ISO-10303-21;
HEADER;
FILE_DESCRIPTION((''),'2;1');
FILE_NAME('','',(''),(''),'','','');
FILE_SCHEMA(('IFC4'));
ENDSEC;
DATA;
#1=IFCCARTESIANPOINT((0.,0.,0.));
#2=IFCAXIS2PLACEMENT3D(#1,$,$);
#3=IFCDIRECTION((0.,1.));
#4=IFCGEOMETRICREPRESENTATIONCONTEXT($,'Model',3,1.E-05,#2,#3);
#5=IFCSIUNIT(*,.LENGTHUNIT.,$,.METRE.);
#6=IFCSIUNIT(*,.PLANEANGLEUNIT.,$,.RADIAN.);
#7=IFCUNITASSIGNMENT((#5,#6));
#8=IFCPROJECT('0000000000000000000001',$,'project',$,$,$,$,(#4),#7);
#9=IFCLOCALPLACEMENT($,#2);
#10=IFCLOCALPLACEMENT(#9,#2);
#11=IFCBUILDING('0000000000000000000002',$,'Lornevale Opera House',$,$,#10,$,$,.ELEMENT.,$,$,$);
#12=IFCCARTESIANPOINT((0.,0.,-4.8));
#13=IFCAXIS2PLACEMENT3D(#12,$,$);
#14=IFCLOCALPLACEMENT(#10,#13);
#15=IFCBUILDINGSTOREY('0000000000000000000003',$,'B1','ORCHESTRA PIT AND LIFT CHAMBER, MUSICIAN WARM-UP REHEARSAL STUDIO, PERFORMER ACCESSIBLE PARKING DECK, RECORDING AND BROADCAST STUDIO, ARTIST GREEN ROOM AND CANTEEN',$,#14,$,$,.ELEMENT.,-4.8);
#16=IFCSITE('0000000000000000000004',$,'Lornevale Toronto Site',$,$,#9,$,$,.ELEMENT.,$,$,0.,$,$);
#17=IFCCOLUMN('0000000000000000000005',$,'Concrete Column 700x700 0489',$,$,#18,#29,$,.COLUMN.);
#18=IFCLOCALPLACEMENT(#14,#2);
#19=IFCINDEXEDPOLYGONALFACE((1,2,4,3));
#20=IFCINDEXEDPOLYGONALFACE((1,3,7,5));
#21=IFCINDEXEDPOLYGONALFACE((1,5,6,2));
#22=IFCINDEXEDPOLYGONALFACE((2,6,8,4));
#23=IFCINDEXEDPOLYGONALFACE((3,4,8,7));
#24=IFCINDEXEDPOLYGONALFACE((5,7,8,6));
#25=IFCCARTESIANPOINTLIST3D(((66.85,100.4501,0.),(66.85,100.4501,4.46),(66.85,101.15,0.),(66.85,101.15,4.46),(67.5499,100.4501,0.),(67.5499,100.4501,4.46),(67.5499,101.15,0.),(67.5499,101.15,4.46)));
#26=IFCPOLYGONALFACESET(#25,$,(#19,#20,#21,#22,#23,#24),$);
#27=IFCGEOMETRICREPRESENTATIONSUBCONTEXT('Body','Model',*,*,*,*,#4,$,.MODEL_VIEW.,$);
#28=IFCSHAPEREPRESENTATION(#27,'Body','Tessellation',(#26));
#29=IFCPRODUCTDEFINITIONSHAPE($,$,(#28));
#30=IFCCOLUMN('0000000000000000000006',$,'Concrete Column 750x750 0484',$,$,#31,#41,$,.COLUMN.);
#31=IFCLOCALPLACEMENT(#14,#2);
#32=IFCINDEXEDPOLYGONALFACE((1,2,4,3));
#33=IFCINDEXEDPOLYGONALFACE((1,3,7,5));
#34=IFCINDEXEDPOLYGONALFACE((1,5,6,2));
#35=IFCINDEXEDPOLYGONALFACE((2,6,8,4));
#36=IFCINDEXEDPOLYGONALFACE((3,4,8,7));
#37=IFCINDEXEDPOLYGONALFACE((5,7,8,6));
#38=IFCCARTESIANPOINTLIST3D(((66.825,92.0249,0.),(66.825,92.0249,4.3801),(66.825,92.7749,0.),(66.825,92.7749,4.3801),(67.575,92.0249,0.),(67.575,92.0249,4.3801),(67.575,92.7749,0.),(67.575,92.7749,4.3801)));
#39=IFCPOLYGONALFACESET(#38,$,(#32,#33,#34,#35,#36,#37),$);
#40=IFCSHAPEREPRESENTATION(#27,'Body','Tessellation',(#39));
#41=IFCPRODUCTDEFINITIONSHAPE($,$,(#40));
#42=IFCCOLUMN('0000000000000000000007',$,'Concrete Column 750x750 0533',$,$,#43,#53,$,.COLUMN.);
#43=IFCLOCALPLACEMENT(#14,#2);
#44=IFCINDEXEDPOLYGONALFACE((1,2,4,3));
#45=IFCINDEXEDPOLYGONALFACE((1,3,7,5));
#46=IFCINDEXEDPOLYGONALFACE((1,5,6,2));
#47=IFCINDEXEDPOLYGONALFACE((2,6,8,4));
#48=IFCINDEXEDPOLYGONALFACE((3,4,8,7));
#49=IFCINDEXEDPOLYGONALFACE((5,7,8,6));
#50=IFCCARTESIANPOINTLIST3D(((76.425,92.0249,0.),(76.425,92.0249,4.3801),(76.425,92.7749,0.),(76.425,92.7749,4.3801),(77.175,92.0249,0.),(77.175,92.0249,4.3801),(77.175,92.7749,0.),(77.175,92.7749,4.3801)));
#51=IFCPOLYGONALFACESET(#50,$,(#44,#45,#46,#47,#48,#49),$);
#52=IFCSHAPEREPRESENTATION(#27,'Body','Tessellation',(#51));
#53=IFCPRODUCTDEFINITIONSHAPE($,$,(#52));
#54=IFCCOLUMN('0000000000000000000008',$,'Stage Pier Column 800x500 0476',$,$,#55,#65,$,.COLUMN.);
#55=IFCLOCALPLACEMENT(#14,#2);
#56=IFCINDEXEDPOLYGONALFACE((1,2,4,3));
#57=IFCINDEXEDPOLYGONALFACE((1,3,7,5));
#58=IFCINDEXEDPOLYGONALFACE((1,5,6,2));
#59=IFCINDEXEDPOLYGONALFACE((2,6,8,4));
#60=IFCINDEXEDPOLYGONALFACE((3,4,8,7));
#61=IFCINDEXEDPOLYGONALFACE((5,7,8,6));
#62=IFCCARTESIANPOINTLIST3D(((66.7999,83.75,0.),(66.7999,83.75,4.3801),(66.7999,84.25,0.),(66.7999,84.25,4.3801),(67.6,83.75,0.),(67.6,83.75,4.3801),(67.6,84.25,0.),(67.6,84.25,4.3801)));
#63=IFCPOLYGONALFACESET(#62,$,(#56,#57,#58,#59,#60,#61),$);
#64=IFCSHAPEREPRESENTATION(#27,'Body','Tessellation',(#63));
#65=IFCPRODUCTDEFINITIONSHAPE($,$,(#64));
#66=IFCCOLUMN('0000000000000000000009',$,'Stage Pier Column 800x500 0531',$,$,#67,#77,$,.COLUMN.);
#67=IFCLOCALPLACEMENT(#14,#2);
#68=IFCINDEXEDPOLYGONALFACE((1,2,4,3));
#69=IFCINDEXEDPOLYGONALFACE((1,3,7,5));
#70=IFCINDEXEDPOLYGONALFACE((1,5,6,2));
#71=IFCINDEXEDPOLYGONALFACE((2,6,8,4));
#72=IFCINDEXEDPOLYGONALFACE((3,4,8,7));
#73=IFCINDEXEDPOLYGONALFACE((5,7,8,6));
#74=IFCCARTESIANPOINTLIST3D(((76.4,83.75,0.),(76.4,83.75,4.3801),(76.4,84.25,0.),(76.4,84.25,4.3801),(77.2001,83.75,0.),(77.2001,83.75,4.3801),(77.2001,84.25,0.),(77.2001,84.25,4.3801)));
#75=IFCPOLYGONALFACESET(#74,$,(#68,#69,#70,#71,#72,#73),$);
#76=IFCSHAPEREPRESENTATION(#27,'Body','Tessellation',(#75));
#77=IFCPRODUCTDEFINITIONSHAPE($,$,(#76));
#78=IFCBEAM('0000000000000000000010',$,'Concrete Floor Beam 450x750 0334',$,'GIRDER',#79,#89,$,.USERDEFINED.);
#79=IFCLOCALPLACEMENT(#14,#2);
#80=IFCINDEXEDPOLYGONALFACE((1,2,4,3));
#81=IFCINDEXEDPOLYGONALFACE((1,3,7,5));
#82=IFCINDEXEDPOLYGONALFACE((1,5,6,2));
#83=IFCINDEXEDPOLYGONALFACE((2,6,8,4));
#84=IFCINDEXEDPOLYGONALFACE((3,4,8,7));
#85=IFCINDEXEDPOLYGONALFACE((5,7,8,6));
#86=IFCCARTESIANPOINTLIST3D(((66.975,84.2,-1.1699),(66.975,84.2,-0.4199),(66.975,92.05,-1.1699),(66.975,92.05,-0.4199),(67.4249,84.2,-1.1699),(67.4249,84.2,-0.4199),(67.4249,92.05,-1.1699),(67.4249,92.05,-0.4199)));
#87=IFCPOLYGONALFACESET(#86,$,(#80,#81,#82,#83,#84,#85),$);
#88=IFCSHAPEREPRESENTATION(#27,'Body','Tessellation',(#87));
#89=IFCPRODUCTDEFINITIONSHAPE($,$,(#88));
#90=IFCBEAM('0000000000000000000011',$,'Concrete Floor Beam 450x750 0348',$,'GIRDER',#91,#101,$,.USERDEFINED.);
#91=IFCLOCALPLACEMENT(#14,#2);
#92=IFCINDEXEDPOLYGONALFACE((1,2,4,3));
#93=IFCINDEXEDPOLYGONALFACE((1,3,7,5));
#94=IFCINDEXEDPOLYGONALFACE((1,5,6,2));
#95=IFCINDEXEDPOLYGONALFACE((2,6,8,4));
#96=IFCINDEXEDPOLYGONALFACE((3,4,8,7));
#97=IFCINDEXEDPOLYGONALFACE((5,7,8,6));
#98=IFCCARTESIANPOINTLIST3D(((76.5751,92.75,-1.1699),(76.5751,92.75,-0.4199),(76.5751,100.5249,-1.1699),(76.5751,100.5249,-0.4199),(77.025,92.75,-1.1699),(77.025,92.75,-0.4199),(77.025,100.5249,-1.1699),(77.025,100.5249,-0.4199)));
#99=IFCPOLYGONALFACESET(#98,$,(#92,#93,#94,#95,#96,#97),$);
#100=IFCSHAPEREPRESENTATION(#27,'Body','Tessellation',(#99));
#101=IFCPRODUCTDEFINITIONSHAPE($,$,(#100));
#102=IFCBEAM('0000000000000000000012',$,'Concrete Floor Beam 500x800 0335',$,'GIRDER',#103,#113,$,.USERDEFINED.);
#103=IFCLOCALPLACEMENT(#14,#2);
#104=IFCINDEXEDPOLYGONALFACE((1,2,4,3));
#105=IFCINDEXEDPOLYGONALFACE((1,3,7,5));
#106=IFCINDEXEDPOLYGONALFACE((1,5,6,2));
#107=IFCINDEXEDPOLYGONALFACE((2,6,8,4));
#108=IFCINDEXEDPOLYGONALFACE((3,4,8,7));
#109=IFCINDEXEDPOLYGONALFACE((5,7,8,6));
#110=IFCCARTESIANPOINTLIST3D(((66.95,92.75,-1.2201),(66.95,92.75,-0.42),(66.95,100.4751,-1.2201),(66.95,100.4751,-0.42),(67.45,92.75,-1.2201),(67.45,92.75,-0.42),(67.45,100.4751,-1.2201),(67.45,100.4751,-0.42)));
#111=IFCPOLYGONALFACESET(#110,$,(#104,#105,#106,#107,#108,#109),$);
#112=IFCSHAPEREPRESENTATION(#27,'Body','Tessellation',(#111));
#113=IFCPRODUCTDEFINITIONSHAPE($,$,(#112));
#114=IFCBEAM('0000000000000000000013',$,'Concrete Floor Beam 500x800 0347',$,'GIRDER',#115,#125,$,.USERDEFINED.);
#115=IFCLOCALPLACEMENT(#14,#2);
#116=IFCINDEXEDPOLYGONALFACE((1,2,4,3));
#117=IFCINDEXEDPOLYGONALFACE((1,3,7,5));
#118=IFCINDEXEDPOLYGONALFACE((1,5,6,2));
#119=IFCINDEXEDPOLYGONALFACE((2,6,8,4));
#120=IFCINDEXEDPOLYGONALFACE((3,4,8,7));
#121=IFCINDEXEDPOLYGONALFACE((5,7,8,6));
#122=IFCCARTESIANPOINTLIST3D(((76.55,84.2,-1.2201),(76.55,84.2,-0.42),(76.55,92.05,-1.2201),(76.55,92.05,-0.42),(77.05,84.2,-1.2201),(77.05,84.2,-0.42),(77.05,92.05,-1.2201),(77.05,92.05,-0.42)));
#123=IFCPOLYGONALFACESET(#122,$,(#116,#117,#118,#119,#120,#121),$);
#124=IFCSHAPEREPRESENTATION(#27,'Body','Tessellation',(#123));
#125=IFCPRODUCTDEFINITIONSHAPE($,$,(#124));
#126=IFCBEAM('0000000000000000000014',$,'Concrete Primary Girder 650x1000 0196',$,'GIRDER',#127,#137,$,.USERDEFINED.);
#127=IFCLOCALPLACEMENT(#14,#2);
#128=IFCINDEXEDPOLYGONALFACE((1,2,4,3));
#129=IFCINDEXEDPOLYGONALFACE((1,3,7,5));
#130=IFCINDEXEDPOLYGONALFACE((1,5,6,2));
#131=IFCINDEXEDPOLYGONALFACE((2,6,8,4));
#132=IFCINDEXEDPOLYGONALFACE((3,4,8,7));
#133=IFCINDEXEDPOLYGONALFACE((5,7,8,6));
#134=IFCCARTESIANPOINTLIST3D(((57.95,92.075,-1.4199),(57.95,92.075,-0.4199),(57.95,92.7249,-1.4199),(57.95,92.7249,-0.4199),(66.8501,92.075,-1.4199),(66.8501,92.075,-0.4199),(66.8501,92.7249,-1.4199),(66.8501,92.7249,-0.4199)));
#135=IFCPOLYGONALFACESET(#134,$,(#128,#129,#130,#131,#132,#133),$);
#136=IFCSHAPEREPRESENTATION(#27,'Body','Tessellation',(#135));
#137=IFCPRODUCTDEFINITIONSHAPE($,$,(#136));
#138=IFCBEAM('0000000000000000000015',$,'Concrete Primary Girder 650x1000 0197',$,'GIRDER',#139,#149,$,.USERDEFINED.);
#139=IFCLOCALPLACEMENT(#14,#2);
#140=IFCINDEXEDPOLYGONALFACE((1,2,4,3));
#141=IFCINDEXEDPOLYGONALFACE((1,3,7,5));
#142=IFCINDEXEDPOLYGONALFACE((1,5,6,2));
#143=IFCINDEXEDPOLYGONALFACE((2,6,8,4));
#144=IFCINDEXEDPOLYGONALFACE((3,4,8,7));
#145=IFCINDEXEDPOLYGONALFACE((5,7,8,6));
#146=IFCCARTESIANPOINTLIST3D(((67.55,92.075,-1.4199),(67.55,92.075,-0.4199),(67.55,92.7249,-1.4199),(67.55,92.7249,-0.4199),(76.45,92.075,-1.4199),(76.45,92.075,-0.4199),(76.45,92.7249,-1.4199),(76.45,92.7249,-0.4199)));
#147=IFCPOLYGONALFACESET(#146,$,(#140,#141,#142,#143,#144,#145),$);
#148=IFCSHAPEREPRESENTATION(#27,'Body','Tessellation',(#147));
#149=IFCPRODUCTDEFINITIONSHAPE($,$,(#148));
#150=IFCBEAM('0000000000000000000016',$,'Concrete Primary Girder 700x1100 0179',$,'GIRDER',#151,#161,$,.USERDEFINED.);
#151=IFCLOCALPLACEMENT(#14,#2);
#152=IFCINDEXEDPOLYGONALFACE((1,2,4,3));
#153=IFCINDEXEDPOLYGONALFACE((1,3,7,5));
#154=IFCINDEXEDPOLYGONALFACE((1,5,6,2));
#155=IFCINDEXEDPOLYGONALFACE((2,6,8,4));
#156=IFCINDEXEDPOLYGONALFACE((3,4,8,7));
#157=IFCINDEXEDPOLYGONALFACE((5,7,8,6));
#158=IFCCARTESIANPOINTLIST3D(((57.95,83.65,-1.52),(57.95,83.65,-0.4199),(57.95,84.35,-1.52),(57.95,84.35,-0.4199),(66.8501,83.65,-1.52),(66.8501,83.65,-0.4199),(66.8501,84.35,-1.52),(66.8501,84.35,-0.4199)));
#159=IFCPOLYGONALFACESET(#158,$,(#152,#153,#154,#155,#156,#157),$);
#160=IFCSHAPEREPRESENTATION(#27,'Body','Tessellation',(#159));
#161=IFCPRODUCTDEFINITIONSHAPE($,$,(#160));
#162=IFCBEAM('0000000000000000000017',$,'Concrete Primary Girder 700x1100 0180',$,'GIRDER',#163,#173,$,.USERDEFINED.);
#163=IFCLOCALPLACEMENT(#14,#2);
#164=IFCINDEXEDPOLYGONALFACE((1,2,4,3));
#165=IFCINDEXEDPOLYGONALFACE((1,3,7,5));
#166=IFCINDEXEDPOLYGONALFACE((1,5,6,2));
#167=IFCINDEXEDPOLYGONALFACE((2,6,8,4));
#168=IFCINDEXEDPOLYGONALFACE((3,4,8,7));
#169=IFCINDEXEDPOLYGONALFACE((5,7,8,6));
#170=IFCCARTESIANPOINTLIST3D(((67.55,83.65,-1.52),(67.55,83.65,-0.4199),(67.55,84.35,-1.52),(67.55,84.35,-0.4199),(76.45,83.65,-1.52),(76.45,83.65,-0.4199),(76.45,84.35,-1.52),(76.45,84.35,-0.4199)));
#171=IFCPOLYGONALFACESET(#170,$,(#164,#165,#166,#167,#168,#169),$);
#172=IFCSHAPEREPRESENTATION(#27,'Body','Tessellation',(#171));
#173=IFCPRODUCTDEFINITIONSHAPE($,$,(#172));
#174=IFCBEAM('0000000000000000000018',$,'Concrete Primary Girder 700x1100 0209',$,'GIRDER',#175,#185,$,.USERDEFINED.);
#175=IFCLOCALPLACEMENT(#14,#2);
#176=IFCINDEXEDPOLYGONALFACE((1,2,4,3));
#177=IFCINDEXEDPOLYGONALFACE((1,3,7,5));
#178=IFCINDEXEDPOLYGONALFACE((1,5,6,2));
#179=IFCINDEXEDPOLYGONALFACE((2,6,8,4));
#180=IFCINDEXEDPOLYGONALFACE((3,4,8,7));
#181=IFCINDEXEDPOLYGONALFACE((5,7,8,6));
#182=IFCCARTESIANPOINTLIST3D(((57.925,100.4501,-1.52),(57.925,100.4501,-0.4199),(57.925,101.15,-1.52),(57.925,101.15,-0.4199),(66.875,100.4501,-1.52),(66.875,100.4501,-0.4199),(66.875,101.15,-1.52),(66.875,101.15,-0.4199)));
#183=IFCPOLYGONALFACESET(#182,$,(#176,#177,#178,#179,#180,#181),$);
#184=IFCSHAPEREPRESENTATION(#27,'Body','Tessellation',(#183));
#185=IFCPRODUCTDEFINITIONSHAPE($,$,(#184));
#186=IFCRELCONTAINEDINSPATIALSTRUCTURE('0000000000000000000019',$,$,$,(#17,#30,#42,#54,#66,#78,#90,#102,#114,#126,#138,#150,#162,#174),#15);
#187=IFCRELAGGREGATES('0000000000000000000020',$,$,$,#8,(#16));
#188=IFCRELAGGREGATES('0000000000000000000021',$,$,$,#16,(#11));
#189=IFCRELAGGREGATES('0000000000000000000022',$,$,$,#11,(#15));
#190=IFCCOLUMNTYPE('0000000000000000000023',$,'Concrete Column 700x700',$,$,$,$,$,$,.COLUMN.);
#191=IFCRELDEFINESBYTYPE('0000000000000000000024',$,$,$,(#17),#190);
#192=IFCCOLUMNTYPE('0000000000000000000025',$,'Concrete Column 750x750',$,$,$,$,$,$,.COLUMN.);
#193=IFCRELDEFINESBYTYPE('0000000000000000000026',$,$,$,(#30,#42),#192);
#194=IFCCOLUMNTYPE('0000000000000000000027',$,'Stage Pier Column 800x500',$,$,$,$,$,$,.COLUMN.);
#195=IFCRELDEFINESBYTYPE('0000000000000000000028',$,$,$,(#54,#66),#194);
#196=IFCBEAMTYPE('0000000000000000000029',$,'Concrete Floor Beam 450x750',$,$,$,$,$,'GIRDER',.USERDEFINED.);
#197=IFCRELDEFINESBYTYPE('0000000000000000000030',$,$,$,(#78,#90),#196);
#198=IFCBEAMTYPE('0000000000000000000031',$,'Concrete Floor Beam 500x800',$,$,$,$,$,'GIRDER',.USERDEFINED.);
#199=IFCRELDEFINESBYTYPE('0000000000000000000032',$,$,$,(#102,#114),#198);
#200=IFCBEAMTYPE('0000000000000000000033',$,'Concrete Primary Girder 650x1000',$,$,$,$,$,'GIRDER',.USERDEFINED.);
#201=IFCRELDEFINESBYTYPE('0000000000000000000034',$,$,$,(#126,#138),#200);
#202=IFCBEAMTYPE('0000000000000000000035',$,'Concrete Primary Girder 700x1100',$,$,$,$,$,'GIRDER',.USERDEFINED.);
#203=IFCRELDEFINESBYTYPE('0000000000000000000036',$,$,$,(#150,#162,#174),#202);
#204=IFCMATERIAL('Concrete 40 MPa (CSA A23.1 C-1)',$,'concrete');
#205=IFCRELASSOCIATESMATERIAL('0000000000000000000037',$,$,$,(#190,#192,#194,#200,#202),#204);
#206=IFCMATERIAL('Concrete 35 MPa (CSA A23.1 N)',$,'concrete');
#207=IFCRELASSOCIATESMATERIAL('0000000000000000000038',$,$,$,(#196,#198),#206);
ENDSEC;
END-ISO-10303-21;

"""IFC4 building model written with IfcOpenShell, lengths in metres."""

from ifc_helpers import new_model, si_unit, direction, frame, origin, origin_2d, place, context, subcontext, project, spatial, rectangle, extrude, material, material_profile, profile_set, type_object, element, save


model = new_model("IFC4")

# Units and contexts
model_context = context("Model", 3, precision=1e-05, world=origin(), true_north=direction((0.0, 1.0)))
body_context = subcontext(model_context, "Body", "Model", "MODEL_VIEW")
ifc_project = project(units=[si_unit("LENGTHUNIT", "METRE"), si_unit("PLANEANGLEUNIT", "RADIAN")], contexts=[model_context])

# Site, building, storey
site_placement = place(None, origin())
site = spatial("IfcSite", under=ifc_project, at=site_placement, Name="Lornevale Toronto Site", CompositionType="ELEMENT", RefElevation=0.0)
building_placement = place(site_placement, origin())
building = spatial("IfcBuilding", under=site, at=building_placement, Name="Lornevale Opera House", CompositionType="ELEMENT")
storey_placement = place(building_placement, frame((0.0, 0.0, -4.8)))
storey = spatial("IfcBuildingStorey", under=building, at=storey_placement, Name="B1", Description="ORCHESTRA PIT AND LIFT CHAMBER, MUSICIAN WARM-UP REHEARSAL STUDIO, PERFORMER ACCESSIBLE PARKING DECK, RECORDING AND BROADCAST STUDIO, ARTIST GREEN ROOM AND CANTEEN", CompositionType="ELEMENT", Elevation=-4.8)

# Columns
ifc_material_1 = material(Name="Concrete 40 MPa (CSA A23.1 C-1)", Category="concrete")
ifc_material_profile_1 = material_profile(ifc_material_1, rectangle(XDim=0.7, YDim=0.7, at=origin_2d()), Name="RC700x700")
ifc_profile_set_1 = profile_set([ifc_material_profile_1], Name="Concrete 40 MPa (CSA A23.1 C-1)")
column_type_1 = type_object("IfcColumnType", Name="Concrete Column 700x700", PredefinedType="COLUMN", material=ifc_profile_set_1)
column_placement = place(storey_placement, frame((67.2, 100.8, 0.0), z_axis=(0.0, 0.0, 1.0), x_axis=(1.0, 0.0, 0.0)))
element("IfcColumn", 1, at=column_placement, inside=storey, type_object=column_type_1, Name="Concrete Column 700x700 0489", PredefinedType="COLUMN", context=body_context, shape_type="SweptSolid", body=[
    extrude(rectangle(XDim=0.7, YDim=0.7, at=origin_2d()), origin(), (0.0, 0.0, 1.0), 4.46),
])
ifc_material_profile_2 = material_profile(ifc_material_1, rectangle(XDim=0.75, YDim=0.75, at=origin_2d()), Name="RC750x750")
ifc_profile_set_2 = profile_set([ifc_material_profile_2], Name="Concrete 40 MPa (CSA A23.1 C-1)")
column_type_2 = type_object("IfcColumnType", Name="Concrete Column 750x750", PredefinedType="COLUMN", material=ifc_profile_set_2)
for number, where, z_axis, x_axis, name in (
    (2, (67.2, 92.3999, 0.0), (0.0, 0.0, 1.0), (1.0, 0.0, 0.0), "Concrete Column 750x750 0484"),
    (3, (76.8, 92.3999, 0.0), (0.0, 0.0, 1.0), (1.0, 0.0, 0.0), "Concrete Column 750x750 0533"),
):
    element("IfcColumn", number, at=place(storey_placement, frame(where, z_axis=z_axis, x_axis=x_axis)), inside=storey, type_object=column_type_2, Name=name, PredefinedType="COLUMN", context=body_context, shape_type="SweptSolid", body=[
        extrude(rectangle(XDim=0.75, YDim=0.75, at=origin_2d()), origin(), (0.0, 0.0, 1.0), 4.3801),
    ])
ifc_material_profile_3 = material_profile(ifc_material_1, rectangle(XDim=0.8, YDim=0.5, at=origin_2d()), Name="RC800x500")
ifc_profile_set_3 = profile_set([ifc_material_profile_3], Name="Concrete 40 MPa (CSA A23.1 C-1)")
column_type_3 = type_object("IfcColumnType", Name="Stage Pier Column 800x500", PredefinedType="COLUMN", material=ifc_profile_set_3)
for number, where, z_axis, x_axis, name in (
    (4, (67.2, 84.0, 0.0), (0.0, 0.0, 1.0), (1.0, 0.0, 0.0), "Stage Pier Column 800x500 0476"),
    (5, (76.8, 84.0, 0.0), (0.0, 0.0, 1.0), (1.0, 0.0, 0.0), "Stage Pier Column 800x500 0531"),
):
    element("IfcColumn", number, at=place(storey_placement, frame(where, z_axis=z_axis, x_axis=x_axis)), inside=storey, type_object=column_type_3, Name=name, PredefinedType="COLUMN", context=body_context, shape_type="SweptSolid", body=[
        extrude(rectangle(XDim=0.8, YDim=0.5, at=origin_2d()), origin(), (0.0, 0.0, 1.0), 4.3801),
    ])

# Beams
ifc_material_2 = material(Name="Concrete 35 MPa (CSA A23.1 N)", Category="concrete")
ifc_material_profile_4 = material_profile(ifc_material_2, rectangle(XDim=0.45, YDim=0.75, at=origin_2d()), Name="RC450x750")
ifc_profile_set_4 = profile_set([ifc_material_profile_4], Name="Concrete 35 MPa (CSA A23.1 N)")
beam_type_1 = type_object("IfcBeamType", Name="Concrete Floor Beam 450x750", ElementType="GIRDER", PredefinedType="USERDEFINED", material=ifc_profile_set_4)
beam_1_placement = place(storey_placement, frame((67.2, 84.2, -0.7949), z_axis=(0.0, 1.0, 0.0), x_axis=(-1.0, 0.0, 0.0)))
element("IfcBeam", 6, at=beam_1_placement, inside=storey, type_object=beam_type_1, Name="Concrete Floor Beam 450x750 0334", ObjectType="GIRDER", PredefinedType="USERDEFINED", context=body_context, shape_type="SweptSolid", body=[
    extrude(rectangle(XDim=0.45, YDim=0.75, at=origin_2d()), origin(), (0.0, 0.0, 1.0), 7.8501),
])
beam_2_placement = place(storey_placement, frame((76.8, 92.75, -0.7949), z_axis=(0.0, 1.0, 0.0), x_axis=(-1.0, 0.0, 0.0)))
element("IfcBeam", 7, at=beam_2_placement, inside=storey, type_object=beam_type_1, Name="Concrete Floor Beam 450x750 0348", ObjectType="GIRDER", PredefinedType="USERDEFINED", context=body_context, shape_type="SweptSolid", body=[
    extrude(rectangle(XDim=0.45, YDim=0.75, at=origin_2d()), origin(), (0.0, 0.0, 1.0), 7.7749),
])
ifc_material_profile_5 = material_profile(ifc_material_2, rectangle(XDim=0.5, YDim=0.8, at=origin_2d()), Name="RC500x800")
ifc_profile_set_5 = profile_set([ifc_material_profile_5], Name="Concrete 35 MPa (CSA A23.1 N)")
beam_type_2 = type_object("IfcBeamType", Name="Concrete Floor Beam 500x800", ElementType="GIRDER", PredefinedType="USERDEFINED", material=ifc_profile_set_5)
beam_3_placement = place(storey_placement, frame((67.2, 92.75, -0.8201), z_axis=(0.0, 1.0, 0.0), x_axis=(-1.0, 0.0, 0.0)))
element("IfcBeam", 8, at=beam_3_placement, inside=storey, type_object=beam_type_2, Name="Concrete Floor Beam 500x800 0335", ObjectType="GIRDER", PredefinedType="USERDEFINED", context=body_context, shape_type="SweptSolid", body=[
    extrude(rectangle(XDim=0.5, YDim=0.8, at=origin_2d()), origin(), (0.0, 0.0, 1.0), 7.7251),
])
beam_4_placement = place(storey_placement, frame((76.8, 84.2, -0.8201), z_axis=(0.0, 1.0, 0.0), x_axis=(-1.0, 0.0, 0.0)))
element("IfcBeam", 9, at=beam_4_placement, inside=storey, type_object=beam_type_2, Name="Concrete Floor Beam 500x800 0347", ObjectType="GIRDER", PredefinedType="USERDEFINED", context=body_context, shape_type="SweptSolid", body=[
    extrude(rectangle(XDim=0.5, YDim=0.8, at=origin_2d()), origin(), (0.0, 0.0, 1.0), 7.8501),
])
ifc_material_profile_6 = material_profile(ifc_material_1, rectangle(XDim=0.6499, YDim=1.0, at=origin_2d()), Name="RC650x1000")
ifc_profile_set_6 = profile_set([ifc_material_profile_6], Name="Concrete 40 MPa (CSA A23.1 C-1)")
beam_type_3 = type_object("IfcBeamType", Name="Concrete Primary Girder 650x1000", ElementType="GIRDER", PredefinedType="USERDEFINED", material=ifc_profile_set_6)
beam_5_placement = place(storey_placement, frame((57.95, 92.3999, -0.9199), z_axis=(1.0, 0.0, 0.0), x_axis=(0.0, 1.0, 0.0)))
element("IfcBeam", 10, at=beam_5_placement, inside=storey, type_object=beam_type_3, Name="Concrete Primary Girder 650x1000 0196", ObjectType="GIRDER", PredefinedType="USERDEFINED", context=body_context, shape_type="SweptSolid", body=[
    extrude(rectangle(XDim=0.6499, YDim=1.0, at=origin_2d()), origin(), (0.0, 0.0, 1.0), 8.9001),
])
beam_6_placement = place(storey_placement, frame((67.55, 92.3999, -0.9199), z_axis=(1.0, 0.0, 0.0), x_axis=(0.0, 1.0, 0.0)))
element("IfcBeam", 11, at=beam_6_placement, inside=storey, type_object=beam_type_3, Name="Concrete Primary Girder 650x1000 0197", ObjectType="GIRDER", PredefinedType="USERDEFINED", context=body_context, shape_type="SweptSolid", body=[
    extrude(rectangle(XDim=0.6499, YDim=1.0, at=origin_2d()), origin(), (0.0, 0.0, 1.0), 8.8999),
])
ifc_material_profile_7 = material_profile(ifc_material_1, rectangle(XDim=0.7, YDim=1.1001, at=origin_2d()), Name="RC700x1100")
ifc_profile_set_7 = profile_set([ifc_material_profile_7], Name="Concrete 40 MPa (CSA A23.1 C-1)")
beam_type_4 = type_object("IfcBeamType", Name="Concrete Primary Girder 700x1100", ElementType="GIRDER", PredefinedType="USERDEFINED", material=ifc_profile_set_7)
beam_7_placement = place(storey_placement, frame((57.95, 84.0, -0.97), z_axis=(1.0, 0.0, 0.0), x_axis=(0.0, 1.0, 0.0)))
element("IfcBeam", 12, at=beam_7_placement, inside=storey, type_object=beam_type_4, Name="Concrete Primary Girder 700x1100 0179", ObjectType="GIRDER", PredefinedType="USERDEFINED", context=body_context, shape_type="SweptSolid", body=[
    extrude(rectangle(XDim=0.7, YDim=1.1001, at=origin_2d()), origin(), (0.0, 0.0, 1.0), 8.9001),
])
beam_8_placement = place(storey_placement, frame((67.55, 84.0, -0.97), z_axis=(1.0, 0.0, 0.0), x_axis=(0.0, 1.0, 0.0)))
element("IfcBeam", 13, at=beam_8_placement, inside=storey, type_object=beam_type_4, Name="Concrete Primary Girder 700x1100 0180", ObjectType="GIRDER", PredefinedType="USERDEFINED", context=body_context, shape_type="SweptSolid", body=[
    extrude(rectangle(XDim=0.7, YDim=1.1001, at=origin_2d()), origin(), (0.0, 0.0, 1.0), 8.8999),
])
beam_9_placement = place(storey_placement, frame((57.925, 100.8, -0.97), z_axis=(1.0, 0.0, 0.0), x_axis=(0.0, 1.0, 0.0)))
element("IfcBeam", 14, at=beam_9_placement, inside=storey, type_object=beam_type_4, Name="Concrete Primary Girder 700x1100 0209", ObjectType="GIRDER", PredefinedType="USERDEFINED", context=body_context, shape_type="SweptSolid", body=[
    extrude(rectangle(XDim=0.7, YDim=1.1001, at=origin_2d()), origin(), (0.0, 0.0, 1.0), 8.95),
])

save(model, "model.ifc")
